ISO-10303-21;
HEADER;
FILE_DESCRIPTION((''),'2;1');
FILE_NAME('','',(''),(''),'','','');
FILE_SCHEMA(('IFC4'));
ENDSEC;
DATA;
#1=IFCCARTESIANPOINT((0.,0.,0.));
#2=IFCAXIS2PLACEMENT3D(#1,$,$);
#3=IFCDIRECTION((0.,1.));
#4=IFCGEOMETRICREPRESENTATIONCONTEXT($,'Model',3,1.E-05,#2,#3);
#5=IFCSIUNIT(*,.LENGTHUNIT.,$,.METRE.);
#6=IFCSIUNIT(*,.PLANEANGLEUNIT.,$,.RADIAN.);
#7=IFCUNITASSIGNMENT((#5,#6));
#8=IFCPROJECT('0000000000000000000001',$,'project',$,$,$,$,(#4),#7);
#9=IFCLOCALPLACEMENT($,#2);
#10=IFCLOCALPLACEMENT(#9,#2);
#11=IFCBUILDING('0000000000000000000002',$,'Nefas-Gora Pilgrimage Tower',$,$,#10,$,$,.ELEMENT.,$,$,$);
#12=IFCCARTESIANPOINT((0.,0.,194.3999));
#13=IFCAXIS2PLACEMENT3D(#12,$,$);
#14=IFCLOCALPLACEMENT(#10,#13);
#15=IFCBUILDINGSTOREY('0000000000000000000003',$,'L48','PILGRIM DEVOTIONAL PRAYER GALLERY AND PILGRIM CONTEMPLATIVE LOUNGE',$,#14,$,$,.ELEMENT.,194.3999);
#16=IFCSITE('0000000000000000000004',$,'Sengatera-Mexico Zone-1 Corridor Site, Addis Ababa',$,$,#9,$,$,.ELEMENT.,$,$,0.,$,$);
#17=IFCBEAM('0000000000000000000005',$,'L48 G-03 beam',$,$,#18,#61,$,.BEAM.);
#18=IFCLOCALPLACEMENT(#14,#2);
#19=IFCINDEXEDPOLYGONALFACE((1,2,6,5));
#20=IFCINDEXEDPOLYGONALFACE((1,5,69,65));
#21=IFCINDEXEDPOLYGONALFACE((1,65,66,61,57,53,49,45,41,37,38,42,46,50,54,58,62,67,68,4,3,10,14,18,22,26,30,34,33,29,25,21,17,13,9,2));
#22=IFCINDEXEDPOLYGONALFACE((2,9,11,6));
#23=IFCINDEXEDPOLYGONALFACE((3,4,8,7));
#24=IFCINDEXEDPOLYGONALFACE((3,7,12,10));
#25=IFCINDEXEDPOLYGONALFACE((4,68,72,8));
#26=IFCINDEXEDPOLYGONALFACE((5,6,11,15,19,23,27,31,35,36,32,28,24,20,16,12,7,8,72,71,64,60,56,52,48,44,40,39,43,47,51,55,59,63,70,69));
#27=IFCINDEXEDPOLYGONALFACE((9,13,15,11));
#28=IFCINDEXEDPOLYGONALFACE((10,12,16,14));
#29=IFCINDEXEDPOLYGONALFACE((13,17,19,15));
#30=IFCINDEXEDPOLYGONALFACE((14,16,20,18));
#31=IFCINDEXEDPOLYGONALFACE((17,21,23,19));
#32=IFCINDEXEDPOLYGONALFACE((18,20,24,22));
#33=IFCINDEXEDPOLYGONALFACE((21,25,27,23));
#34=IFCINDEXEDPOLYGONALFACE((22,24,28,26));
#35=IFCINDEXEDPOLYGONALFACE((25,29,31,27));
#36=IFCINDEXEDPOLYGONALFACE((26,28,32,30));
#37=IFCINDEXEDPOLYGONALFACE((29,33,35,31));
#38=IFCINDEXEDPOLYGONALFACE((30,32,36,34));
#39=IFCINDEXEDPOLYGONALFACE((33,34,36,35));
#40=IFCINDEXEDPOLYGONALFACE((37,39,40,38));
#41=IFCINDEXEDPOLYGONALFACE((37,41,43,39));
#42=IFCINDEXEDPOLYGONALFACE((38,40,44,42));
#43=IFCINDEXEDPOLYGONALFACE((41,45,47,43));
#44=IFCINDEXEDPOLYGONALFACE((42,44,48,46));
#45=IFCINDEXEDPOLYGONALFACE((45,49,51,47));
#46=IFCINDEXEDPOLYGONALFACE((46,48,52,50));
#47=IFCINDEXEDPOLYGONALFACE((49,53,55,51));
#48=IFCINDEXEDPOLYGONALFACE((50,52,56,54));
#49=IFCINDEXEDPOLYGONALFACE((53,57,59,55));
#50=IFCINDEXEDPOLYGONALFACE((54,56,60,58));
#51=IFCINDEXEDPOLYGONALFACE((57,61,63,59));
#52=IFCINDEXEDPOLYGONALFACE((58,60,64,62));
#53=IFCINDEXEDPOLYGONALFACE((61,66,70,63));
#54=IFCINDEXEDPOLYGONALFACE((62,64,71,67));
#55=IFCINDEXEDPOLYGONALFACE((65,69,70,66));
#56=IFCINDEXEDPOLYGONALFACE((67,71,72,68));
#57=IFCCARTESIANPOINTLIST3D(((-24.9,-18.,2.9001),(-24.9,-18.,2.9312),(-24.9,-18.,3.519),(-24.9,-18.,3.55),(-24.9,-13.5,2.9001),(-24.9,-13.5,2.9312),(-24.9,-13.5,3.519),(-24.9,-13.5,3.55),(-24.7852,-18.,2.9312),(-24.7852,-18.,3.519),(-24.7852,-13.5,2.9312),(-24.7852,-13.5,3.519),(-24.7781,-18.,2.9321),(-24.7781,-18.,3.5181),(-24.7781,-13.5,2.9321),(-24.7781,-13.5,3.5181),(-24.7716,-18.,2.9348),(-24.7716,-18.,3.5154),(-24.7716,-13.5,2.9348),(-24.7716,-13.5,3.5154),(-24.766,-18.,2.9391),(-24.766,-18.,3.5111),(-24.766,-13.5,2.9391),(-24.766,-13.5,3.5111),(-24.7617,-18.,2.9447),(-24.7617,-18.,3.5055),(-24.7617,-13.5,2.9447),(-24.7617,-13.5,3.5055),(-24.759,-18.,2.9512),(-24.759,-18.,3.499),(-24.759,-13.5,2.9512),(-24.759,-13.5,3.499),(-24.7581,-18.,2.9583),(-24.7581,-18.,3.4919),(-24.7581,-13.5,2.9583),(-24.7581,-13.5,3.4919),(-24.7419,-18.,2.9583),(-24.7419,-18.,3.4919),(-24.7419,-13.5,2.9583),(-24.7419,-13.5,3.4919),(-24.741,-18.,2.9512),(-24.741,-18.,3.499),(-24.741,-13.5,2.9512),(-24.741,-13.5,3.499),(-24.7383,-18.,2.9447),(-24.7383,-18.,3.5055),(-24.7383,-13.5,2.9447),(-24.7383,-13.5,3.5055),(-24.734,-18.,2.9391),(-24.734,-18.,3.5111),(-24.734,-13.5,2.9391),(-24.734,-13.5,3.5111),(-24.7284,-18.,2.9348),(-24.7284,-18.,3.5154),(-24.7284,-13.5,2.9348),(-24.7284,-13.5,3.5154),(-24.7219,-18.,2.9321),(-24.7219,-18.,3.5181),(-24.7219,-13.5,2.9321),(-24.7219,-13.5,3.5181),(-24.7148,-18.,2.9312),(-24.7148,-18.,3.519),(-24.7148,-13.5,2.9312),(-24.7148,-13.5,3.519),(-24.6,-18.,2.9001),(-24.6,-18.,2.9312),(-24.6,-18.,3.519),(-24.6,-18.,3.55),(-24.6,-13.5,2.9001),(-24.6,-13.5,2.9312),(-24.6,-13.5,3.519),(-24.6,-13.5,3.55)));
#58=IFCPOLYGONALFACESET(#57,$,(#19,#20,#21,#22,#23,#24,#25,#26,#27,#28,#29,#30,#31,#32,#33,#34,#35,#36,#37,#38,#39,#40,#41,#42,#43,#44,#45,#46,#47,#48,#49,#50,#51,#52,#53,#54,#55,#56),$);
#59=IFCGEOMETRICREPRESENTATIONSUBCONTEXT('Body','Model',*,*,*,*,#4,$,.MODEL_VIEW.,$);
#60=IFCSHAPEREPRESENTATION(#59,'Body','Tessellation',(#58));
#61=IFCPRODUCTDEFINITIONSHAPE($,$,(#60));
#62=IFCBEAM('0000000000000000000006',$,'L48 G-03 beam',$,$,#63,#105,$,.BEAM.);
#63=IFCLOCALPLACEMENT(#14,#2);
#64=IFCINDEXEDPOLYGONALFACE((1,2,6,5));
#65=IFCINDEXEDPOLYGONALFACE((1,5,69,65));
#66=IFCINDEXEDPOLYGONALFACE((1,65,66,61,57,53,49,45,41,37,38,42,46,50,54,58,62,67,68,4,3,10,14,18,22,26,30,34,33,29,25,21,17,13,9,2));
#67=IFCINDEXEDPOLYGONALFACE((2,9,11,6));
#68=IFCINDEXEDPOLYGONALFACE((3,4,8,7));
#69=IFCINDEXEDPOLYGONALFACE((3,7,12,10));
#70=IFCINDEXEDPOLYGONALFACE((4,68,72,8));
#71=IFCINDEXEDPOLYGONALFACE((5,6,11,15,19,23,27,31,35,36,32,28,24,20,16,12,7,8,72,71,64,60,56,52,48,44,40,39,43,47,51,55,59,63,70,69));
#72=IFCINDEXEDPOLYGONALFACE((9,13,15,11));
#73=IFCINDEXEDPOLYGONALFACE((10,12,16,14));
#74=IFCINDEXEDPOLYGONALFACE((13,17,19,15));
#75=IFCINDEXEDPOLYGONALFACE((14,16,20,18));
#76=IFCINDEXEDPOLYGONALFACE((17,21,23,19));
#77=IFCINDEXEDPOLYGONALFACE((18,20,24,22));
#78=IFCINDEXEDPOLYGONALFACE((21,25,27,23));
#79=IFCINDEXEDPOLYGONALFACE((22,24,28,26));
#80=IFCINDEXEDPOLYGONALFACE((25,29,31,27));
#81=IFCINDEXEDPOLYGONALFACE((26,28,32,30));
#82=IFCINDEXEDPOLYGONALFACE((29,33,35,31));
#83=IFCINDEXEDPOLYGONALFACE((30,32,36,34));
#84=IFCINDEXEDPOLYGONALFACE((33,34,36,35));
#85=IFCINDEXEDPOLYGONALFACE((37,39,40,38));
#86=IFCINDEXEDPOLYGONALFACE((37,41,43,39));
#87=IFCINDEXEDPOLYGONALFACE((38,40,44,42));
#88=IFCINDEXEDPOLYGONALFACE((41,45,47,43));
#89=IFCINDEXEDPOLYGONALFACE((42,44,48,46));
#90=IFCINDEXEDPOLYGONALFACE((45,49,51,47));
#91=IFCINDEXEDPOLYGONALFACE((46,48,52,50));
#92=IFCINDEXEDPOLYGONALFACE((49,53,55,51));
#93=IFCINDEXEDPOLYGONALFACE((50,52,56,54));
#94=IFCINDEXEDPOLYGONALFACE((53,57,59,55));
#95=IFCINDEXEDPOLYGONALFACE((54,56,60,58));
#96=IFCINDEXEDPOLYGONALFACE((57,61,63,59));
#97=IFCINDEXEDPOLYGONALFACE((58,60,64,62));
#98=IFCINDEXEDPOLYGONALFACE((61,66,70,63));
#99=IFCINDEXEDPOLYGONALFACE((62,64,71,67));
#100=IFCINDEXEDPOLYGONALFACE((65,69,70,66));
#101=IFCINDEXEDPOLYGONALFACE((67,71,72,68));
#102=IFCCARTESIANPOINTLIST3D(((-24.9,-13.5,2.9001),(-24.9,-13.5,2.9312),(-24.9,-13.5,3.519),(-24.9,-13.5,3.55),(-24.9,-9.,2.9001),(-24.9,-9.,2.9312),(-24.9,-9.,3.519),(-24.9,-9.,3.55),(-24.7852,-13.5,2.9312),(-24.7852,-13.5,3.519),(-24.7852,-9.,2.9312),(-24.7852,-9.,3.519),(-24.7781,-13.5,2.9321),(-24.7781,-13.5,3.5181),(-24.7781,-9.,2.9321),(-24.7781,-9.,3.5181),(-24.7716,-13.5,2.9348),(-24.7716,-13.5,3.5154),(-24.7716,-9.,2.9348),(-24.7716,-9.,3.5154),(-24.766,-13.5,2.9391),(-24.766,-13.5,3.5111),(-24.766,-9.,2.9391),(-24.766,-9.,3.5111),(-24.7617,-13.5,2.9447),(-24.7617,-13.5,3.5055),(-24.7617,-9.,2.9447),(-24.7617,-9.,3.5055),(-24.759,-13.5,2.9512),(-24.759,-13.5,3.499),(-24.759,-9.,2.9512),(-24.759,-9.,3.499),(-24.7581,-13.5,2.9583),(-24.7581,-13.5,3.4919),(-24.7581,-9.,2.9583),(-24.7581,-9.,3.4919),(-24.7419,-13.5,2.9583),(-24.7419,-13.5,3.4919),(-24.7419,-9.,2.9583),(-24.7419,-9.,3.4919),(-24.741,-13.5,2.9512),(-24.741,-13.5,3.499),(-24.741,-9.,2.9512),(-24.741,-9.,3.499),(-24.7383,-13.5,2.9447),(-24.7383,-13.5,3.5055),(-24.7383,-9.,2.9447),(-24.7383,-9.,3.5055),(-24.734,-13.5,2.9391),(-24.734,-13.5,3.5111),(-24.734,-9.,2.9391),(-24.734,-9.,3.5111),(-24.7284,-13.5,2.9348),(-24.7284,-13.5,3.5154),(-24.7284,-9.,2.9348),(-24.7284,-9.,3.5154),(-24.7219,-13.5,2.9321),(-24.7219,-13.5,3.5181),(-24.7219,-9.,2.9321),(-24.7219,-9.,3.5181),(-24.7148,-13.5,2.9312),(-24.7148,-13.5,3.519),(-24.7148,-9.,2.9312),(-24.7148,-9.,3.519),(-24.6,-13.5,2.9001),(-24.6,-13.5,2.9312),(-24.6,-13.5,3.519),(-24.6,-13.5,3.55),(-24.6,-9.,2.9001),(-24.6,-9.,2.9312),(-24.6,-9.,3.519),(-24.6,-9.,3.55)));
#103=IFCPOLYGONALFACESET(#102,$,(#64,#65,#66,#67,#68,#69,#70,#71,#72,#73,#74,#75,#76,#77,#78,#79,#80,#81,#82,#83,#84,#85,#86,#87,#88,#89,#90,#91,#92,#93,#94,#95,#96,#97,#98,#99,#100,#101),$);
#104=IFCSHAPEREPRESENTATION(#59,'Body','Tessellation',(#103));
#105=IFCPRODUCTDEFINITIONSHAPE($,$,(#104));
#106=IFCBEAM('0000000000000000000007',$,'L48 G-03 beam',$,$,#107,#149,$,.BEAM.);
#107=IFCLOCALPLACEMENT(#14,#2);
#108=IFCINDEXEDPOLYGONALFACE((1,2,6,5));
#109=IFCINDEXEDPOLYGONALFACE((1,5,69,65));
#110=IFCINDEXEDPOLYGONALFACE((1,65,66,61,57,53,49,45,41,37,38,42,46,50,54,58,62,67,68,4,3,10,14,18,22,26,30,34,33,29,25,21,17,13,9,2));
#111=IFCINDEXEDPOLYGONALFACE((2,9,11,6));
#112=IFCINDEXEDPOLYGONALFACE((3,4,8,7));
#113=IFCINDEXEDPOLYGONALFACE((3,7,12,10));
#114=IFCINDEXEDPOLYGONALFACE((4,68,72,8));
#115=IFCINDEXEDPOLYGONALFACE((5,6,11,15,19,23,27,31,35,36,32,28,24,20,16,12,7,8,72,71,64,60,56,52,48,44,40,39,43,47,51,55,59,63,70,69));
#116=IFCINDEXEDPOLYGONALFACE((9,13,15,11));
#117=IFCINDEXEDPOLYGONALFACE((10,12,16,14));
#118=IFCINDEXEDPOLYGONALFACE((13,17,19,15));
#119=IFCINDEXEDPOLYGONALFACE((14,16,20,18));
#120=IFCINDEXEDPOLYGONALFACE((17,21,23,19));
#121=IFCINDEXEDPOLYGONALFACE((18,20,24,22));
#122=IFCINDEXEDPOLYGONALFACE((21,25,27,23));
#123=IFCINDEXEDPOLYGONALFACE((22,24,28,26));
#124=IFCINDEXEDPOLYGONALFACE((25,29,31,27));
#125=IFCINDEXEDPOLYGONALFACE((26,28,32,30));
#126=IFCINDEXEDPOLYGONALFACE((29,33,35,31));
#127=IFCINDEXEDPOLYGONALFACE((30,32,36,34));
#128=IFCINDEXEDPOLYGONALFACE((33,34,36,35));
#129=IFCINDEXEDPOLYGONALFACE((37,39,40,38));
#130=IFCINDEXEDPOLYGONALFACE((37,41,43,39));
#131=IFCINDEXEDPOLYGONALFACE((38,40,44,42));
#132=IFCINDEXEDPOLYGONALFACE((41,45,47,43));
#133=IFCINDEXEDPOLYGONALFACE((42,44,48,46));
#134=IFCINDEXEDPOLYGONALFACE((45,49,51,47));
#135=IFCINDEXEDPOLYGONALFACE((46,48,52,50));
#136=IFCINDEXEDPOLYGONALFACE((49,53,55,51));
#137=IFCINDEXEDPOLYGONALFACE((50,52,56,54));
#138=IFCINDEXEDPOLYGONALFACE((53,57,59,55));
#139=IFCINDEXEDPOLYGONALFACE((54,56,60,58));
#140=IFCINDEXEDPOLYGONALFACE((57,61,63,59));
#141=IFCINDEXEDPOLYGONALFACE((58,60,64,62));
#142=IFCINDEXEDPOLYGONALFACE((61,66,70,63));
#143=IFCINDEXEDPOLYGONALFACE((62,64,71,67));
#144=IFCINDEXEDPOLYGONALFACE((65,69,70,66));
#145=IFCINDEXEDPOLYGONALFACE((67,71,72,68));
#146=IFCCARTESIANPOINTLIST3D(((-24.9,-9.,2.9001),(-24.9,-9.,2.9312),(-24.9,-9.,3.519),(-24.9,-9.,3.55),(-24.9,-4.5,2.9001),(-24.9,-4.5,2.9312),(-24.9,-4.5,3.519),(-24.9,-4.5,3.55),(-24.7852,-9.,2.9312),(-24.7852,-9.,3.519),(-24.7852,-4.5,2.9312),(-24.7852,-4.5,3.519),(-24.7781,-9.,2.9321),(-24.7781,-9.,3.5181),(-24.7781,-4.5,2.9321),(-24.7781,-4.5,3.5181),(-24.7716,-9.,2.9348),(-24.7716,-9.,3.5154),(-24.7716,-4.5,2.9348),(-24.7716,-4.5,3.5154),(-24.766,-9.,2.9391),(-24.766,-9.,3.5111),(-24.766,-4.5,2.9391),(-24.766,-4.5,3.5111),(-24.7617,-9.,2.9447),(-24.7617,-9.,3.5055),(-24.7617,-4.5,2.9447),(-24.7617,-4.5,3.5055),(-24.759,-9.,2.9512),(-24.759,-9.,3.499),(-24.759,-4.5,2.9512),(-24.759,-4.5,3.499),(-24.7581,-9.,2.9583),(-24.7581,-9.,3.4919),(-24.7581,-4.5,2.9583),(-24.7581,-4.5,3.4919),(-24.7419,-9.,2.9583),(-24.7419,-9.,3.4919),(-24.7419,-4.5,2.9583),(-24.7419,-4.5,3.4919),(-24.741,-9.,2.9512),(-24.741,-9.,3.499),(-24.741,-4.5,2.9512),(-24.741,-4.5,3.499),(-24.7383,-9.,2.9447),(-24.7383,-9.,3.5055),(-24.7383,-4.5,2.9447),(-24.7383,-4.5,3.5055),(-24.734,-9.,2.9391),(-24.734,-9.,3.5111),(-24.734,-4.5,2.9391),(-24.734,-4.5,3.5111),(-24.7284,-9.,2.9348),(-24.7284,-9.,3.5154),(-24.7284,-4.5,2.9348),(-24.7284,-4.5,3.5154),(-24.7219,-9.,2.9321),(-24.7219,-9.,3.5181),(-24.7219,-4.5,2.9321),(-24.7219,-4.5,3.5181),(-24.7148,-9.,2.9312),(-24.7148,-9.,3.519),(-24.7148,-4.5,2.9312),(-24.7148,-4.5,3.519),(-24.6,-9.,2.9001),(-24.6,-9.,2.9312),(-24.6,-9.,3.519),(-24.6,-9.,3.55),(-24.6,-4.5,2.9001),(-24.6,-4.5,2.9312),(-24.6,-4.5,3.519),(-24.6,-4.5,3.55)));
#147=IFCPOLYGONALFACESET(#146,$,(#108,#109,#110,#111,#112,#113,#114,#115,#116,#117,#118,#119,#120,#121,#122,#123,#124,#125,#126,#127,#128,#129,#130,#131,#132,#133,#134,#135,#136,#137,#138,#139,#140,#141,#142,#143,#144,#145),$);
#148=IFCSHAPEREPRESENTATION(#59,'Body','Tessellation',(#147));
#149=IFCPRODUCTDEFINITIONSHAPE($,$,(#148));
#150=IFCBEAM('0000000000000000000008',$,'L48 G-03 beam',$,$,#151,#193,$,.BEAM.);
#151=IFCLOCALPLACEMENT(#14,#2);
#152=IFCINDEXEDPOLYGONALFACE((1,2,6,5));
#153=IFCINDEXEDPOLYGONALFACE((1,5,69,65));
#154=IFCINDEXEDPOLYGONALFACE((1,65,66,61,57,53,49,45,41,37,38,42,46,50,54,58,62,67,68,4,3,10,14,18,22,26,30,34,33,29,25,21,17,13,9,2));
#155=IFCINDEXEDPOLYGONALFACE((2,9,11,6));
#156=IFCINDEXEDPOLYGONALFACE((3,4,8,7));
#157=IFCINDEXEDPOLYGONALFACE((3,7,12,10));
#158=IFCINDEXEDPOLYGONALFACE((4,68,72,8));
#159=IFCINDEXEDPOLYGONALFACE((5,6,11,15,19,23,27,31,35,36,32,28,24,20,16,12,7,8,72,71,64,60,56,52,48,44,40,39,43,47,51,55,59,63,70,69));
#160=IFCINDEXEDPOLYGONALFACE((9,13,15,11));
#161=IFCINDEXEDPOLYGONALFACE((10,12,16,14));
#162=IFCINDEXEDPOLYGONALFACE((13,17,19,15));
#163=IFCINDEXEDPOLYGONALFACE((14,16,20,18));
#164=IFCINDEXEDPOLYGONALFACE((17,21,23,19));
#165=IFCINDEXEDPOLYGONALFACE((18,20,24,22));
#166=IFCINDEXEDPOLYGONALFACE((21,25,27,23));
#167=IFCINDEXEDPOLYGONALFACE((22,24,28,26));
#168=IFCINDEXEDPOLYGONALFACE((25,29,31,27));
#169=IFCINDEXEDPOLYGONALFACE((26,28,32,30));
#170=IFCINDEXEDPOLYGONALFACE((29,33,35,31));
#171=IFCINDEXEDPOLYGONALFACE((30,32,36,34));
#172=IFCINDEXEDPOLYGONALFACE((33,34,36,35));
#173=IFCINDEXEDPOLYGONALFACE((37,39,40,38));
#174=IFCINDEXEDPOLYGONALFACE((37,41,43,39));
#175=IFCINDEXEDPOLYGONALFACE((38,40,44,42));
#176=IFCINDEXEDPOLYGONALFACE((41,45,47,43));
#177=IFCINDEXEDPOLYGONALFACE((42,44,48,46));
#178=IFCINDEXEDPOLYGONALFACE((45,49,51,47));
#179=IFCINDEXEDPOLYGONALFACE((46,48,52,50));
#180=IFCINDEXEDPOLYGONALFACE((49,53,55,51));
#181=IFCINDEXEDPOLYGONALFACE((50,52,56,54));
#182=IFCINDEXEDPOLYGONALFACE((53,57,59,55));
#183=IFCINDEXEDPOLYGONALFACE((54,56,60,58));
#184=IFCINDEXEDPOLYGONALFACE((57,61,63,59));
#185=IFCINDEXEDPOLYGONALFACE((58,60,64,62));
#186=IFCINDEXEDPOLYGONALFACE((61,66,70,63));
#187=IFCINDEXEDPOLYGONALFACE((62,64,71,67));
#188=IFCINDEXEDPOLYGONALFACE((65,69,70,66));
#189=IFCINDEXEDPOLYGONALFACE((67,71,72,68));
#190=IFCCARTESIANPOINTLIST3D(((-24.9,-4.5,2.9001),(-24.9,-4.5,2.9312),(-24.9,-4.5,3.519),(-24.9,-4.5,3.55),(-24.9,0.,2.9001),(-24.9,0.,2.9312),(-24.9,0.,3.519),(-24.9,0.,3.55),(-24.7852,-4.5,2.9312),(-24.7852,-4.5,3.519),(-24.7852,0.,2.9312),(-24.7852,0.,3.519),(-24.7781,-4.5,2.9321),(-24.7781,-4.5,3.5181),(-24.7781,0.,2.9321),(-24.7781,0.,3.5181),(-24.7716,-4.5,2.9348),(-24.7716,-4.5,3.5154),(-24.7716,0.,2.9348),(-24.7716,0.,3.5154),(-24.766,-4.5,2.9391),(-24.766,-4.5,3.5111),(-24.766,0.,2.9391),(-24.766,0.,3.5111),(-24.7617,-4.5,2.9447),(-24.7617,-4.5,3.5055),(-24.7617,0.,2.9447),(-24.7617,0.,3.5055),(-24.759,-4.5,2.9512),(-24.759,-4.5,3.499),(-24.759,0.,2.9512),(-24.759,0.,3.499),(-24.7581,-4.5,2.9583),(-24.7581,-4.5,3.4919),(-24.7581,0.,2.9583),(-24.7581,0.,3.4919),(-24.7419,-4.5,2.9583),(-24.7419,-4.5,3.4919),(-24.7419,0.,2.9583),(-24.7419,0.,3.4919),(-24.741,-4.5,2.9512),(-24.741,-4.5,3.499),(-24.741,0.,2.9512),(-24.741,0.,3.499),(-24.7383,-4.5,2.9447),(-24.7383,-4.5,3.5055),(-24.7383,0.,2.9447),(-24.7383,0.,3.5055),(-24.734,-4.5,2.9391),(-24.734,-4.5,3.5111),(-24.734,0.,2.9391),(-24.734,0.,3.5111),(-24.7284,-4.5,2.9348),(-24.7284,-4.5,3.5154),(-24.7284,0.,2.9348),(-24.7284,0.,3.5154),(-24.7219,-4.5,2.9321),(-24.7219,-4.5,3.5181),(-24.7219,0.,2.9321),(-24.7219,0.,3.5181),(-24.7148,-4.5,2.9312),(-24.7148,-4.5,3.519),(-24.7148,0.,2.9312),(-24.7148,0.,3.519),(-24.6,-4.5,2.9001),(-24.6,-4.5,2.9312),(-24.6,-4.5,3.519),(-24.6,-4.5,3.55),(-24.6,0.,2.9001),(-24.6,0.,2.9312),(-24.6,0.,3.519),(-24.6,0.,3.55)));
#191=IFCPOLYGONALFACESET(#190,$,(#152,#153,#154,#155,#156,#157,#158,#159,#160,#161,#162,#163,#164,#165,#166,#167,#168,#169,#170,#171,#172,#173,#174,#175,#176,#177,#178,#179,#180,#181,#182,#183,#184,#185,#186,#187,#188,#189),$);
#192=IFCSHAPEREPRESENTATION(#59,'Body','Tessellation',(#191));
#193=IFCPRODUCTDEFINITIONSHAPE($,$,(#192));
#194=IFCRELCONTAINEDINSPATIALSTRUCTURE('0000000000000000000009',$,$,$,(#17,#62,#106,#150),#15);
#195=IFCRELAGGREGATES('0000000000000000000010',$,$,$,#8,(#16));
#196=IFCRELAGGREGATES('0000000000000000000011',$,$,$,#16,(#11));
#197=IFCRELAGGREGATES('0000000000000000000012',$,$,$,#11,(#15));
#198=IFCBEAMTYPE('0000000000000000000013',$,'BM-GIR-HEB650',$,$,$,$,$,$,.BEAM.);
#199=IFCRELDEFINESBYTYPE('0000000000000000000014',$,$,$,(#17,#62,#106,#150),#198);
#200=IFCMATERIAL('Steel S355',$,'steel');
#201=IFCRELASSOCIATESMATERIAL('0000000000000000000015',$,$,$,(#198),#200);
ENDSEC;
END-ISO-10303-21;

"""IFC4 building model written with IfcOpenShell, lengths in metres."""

from ifc_helpers import new_model, si_unit, direction, frame, origin, origin_2d, place, context, subcontext, project, spatial, i_section, extrude, source, transform, mapped, material, material_profile, profile_set, type_object, element, save


model = new_model("IFC4")

# Units and contexts
model_context = context("Model", 3, precision=1e-05, world=origin(), true_north=direction((0.0, 1.0)))
body_context = subcontext(model_context, "Body", "Model", "MODEL_VIEW")
ifc_project = project(units=[si_unit("LENGTHUNIT", "METRE"), si_unit("PLANEANGLEUNIT", "RADIAN")], contexts=[model_context])

# Site, building, storey
site_placement = place(None, origin())
site = spatial("IfcSite", under=ifc_project, at=site_placement, Name="Sengatera-Mexico Zone-1 Corridor Site, Addis Ababa", CompositionType="ELEMENT", RefElevation=0.0)
building_placement = place(site_placement, origin())
building = spatial("IfcBuilding", under=site, at=building_placement, Name="Nefas-Gora Pilgrimage Tower", CompositionType="ELEMENT")
storey_placement = place(building_placement, frame((0.0, 0.0, 194.3999)))
storey = spatial("IfcBuildingStorey", under=building, at=storey_placement, Name="L48", Description="PILGRIM DEVOTIONAL PRAYER GALLERY AND PILGRIM CONTEMPLATIVE LOUNGE", CompositionType="ELEMENT", Elevation=194.3999)

# Beams
ifc_material_1 = material(Name="Steel S355", Category="steel")
ifc_material_profile_1 = material_profile(ifc_material_1, i_section(OverallWidth=0.3, OverallDepth=0.6499, WebThickness=0.0161, FlangeThickness=0.031, FilletRadius=0.0271, at=origin_2d()), Name="HEB 650")
ifc_profile_set_1 = profile_set([ifc_material_profile_1], Name="Steel S355")
beam_type = type_object("IfcBeamType", Name="BM-GIR-HEB650", PredefinedType="BEAM", material=ifc_profile_set_1)
shared_shape_1 = source(origin(), body_context, "Body", "SweptSolid", [
    extrude(i_section(OverallWidth=0.3, OverallDepth=0.6499, WebThickness=0.0161, FlangeThickness=0.031, FilletRadius=0.0271, at=origin_2d()), origin(), (0.0, 0.0, 1.0), 4.5),
])
for number, where, z_axis, x_axis, name in (
    (1, (-24.75, -18.0, 3.2251), (0.0, 1.0, 0.0), (-1.0, 0.0, 0.0), "L48 G-03 beam"),
    (2, (-24.75, -13.5, 3.2251), (0.0, 1.0, 0.0), (-1.0, 0.0, 0.0), "L48 G-03 beam"),
    (3, (-24.75, -9.0, 3.2251), (0.0, 1.0, 0.0), (-1.0, 0.0, 0.0), "L48 G-03 beam"),
    (4, (-24.75, -4.5, 3.2251), (0.0, 1.0, 0.0), (-1.0, 0.0, 0.0), "L48 G-03 beam"),
):
    element("IfcBeam", number, at=place(storey_placement, frame(where, z_axis=z_axis, x_axis=x_axis)), inside=storey, type_object=beam_type, Name=name, PredefinedType="BEAM", context=body_context, shape_type="MappedRepresentation", body=[
        mapped(shared_shape_1, transform((0.0, 0.0, 0.0), x_axis=(1.0, 0.0, 0.0), y_axis=(0.0, 1.0, 0.0), z_axis=(0.0, 0.0, 1.0), scale=1.0)),
    ])

save(model, "model.ifc")
